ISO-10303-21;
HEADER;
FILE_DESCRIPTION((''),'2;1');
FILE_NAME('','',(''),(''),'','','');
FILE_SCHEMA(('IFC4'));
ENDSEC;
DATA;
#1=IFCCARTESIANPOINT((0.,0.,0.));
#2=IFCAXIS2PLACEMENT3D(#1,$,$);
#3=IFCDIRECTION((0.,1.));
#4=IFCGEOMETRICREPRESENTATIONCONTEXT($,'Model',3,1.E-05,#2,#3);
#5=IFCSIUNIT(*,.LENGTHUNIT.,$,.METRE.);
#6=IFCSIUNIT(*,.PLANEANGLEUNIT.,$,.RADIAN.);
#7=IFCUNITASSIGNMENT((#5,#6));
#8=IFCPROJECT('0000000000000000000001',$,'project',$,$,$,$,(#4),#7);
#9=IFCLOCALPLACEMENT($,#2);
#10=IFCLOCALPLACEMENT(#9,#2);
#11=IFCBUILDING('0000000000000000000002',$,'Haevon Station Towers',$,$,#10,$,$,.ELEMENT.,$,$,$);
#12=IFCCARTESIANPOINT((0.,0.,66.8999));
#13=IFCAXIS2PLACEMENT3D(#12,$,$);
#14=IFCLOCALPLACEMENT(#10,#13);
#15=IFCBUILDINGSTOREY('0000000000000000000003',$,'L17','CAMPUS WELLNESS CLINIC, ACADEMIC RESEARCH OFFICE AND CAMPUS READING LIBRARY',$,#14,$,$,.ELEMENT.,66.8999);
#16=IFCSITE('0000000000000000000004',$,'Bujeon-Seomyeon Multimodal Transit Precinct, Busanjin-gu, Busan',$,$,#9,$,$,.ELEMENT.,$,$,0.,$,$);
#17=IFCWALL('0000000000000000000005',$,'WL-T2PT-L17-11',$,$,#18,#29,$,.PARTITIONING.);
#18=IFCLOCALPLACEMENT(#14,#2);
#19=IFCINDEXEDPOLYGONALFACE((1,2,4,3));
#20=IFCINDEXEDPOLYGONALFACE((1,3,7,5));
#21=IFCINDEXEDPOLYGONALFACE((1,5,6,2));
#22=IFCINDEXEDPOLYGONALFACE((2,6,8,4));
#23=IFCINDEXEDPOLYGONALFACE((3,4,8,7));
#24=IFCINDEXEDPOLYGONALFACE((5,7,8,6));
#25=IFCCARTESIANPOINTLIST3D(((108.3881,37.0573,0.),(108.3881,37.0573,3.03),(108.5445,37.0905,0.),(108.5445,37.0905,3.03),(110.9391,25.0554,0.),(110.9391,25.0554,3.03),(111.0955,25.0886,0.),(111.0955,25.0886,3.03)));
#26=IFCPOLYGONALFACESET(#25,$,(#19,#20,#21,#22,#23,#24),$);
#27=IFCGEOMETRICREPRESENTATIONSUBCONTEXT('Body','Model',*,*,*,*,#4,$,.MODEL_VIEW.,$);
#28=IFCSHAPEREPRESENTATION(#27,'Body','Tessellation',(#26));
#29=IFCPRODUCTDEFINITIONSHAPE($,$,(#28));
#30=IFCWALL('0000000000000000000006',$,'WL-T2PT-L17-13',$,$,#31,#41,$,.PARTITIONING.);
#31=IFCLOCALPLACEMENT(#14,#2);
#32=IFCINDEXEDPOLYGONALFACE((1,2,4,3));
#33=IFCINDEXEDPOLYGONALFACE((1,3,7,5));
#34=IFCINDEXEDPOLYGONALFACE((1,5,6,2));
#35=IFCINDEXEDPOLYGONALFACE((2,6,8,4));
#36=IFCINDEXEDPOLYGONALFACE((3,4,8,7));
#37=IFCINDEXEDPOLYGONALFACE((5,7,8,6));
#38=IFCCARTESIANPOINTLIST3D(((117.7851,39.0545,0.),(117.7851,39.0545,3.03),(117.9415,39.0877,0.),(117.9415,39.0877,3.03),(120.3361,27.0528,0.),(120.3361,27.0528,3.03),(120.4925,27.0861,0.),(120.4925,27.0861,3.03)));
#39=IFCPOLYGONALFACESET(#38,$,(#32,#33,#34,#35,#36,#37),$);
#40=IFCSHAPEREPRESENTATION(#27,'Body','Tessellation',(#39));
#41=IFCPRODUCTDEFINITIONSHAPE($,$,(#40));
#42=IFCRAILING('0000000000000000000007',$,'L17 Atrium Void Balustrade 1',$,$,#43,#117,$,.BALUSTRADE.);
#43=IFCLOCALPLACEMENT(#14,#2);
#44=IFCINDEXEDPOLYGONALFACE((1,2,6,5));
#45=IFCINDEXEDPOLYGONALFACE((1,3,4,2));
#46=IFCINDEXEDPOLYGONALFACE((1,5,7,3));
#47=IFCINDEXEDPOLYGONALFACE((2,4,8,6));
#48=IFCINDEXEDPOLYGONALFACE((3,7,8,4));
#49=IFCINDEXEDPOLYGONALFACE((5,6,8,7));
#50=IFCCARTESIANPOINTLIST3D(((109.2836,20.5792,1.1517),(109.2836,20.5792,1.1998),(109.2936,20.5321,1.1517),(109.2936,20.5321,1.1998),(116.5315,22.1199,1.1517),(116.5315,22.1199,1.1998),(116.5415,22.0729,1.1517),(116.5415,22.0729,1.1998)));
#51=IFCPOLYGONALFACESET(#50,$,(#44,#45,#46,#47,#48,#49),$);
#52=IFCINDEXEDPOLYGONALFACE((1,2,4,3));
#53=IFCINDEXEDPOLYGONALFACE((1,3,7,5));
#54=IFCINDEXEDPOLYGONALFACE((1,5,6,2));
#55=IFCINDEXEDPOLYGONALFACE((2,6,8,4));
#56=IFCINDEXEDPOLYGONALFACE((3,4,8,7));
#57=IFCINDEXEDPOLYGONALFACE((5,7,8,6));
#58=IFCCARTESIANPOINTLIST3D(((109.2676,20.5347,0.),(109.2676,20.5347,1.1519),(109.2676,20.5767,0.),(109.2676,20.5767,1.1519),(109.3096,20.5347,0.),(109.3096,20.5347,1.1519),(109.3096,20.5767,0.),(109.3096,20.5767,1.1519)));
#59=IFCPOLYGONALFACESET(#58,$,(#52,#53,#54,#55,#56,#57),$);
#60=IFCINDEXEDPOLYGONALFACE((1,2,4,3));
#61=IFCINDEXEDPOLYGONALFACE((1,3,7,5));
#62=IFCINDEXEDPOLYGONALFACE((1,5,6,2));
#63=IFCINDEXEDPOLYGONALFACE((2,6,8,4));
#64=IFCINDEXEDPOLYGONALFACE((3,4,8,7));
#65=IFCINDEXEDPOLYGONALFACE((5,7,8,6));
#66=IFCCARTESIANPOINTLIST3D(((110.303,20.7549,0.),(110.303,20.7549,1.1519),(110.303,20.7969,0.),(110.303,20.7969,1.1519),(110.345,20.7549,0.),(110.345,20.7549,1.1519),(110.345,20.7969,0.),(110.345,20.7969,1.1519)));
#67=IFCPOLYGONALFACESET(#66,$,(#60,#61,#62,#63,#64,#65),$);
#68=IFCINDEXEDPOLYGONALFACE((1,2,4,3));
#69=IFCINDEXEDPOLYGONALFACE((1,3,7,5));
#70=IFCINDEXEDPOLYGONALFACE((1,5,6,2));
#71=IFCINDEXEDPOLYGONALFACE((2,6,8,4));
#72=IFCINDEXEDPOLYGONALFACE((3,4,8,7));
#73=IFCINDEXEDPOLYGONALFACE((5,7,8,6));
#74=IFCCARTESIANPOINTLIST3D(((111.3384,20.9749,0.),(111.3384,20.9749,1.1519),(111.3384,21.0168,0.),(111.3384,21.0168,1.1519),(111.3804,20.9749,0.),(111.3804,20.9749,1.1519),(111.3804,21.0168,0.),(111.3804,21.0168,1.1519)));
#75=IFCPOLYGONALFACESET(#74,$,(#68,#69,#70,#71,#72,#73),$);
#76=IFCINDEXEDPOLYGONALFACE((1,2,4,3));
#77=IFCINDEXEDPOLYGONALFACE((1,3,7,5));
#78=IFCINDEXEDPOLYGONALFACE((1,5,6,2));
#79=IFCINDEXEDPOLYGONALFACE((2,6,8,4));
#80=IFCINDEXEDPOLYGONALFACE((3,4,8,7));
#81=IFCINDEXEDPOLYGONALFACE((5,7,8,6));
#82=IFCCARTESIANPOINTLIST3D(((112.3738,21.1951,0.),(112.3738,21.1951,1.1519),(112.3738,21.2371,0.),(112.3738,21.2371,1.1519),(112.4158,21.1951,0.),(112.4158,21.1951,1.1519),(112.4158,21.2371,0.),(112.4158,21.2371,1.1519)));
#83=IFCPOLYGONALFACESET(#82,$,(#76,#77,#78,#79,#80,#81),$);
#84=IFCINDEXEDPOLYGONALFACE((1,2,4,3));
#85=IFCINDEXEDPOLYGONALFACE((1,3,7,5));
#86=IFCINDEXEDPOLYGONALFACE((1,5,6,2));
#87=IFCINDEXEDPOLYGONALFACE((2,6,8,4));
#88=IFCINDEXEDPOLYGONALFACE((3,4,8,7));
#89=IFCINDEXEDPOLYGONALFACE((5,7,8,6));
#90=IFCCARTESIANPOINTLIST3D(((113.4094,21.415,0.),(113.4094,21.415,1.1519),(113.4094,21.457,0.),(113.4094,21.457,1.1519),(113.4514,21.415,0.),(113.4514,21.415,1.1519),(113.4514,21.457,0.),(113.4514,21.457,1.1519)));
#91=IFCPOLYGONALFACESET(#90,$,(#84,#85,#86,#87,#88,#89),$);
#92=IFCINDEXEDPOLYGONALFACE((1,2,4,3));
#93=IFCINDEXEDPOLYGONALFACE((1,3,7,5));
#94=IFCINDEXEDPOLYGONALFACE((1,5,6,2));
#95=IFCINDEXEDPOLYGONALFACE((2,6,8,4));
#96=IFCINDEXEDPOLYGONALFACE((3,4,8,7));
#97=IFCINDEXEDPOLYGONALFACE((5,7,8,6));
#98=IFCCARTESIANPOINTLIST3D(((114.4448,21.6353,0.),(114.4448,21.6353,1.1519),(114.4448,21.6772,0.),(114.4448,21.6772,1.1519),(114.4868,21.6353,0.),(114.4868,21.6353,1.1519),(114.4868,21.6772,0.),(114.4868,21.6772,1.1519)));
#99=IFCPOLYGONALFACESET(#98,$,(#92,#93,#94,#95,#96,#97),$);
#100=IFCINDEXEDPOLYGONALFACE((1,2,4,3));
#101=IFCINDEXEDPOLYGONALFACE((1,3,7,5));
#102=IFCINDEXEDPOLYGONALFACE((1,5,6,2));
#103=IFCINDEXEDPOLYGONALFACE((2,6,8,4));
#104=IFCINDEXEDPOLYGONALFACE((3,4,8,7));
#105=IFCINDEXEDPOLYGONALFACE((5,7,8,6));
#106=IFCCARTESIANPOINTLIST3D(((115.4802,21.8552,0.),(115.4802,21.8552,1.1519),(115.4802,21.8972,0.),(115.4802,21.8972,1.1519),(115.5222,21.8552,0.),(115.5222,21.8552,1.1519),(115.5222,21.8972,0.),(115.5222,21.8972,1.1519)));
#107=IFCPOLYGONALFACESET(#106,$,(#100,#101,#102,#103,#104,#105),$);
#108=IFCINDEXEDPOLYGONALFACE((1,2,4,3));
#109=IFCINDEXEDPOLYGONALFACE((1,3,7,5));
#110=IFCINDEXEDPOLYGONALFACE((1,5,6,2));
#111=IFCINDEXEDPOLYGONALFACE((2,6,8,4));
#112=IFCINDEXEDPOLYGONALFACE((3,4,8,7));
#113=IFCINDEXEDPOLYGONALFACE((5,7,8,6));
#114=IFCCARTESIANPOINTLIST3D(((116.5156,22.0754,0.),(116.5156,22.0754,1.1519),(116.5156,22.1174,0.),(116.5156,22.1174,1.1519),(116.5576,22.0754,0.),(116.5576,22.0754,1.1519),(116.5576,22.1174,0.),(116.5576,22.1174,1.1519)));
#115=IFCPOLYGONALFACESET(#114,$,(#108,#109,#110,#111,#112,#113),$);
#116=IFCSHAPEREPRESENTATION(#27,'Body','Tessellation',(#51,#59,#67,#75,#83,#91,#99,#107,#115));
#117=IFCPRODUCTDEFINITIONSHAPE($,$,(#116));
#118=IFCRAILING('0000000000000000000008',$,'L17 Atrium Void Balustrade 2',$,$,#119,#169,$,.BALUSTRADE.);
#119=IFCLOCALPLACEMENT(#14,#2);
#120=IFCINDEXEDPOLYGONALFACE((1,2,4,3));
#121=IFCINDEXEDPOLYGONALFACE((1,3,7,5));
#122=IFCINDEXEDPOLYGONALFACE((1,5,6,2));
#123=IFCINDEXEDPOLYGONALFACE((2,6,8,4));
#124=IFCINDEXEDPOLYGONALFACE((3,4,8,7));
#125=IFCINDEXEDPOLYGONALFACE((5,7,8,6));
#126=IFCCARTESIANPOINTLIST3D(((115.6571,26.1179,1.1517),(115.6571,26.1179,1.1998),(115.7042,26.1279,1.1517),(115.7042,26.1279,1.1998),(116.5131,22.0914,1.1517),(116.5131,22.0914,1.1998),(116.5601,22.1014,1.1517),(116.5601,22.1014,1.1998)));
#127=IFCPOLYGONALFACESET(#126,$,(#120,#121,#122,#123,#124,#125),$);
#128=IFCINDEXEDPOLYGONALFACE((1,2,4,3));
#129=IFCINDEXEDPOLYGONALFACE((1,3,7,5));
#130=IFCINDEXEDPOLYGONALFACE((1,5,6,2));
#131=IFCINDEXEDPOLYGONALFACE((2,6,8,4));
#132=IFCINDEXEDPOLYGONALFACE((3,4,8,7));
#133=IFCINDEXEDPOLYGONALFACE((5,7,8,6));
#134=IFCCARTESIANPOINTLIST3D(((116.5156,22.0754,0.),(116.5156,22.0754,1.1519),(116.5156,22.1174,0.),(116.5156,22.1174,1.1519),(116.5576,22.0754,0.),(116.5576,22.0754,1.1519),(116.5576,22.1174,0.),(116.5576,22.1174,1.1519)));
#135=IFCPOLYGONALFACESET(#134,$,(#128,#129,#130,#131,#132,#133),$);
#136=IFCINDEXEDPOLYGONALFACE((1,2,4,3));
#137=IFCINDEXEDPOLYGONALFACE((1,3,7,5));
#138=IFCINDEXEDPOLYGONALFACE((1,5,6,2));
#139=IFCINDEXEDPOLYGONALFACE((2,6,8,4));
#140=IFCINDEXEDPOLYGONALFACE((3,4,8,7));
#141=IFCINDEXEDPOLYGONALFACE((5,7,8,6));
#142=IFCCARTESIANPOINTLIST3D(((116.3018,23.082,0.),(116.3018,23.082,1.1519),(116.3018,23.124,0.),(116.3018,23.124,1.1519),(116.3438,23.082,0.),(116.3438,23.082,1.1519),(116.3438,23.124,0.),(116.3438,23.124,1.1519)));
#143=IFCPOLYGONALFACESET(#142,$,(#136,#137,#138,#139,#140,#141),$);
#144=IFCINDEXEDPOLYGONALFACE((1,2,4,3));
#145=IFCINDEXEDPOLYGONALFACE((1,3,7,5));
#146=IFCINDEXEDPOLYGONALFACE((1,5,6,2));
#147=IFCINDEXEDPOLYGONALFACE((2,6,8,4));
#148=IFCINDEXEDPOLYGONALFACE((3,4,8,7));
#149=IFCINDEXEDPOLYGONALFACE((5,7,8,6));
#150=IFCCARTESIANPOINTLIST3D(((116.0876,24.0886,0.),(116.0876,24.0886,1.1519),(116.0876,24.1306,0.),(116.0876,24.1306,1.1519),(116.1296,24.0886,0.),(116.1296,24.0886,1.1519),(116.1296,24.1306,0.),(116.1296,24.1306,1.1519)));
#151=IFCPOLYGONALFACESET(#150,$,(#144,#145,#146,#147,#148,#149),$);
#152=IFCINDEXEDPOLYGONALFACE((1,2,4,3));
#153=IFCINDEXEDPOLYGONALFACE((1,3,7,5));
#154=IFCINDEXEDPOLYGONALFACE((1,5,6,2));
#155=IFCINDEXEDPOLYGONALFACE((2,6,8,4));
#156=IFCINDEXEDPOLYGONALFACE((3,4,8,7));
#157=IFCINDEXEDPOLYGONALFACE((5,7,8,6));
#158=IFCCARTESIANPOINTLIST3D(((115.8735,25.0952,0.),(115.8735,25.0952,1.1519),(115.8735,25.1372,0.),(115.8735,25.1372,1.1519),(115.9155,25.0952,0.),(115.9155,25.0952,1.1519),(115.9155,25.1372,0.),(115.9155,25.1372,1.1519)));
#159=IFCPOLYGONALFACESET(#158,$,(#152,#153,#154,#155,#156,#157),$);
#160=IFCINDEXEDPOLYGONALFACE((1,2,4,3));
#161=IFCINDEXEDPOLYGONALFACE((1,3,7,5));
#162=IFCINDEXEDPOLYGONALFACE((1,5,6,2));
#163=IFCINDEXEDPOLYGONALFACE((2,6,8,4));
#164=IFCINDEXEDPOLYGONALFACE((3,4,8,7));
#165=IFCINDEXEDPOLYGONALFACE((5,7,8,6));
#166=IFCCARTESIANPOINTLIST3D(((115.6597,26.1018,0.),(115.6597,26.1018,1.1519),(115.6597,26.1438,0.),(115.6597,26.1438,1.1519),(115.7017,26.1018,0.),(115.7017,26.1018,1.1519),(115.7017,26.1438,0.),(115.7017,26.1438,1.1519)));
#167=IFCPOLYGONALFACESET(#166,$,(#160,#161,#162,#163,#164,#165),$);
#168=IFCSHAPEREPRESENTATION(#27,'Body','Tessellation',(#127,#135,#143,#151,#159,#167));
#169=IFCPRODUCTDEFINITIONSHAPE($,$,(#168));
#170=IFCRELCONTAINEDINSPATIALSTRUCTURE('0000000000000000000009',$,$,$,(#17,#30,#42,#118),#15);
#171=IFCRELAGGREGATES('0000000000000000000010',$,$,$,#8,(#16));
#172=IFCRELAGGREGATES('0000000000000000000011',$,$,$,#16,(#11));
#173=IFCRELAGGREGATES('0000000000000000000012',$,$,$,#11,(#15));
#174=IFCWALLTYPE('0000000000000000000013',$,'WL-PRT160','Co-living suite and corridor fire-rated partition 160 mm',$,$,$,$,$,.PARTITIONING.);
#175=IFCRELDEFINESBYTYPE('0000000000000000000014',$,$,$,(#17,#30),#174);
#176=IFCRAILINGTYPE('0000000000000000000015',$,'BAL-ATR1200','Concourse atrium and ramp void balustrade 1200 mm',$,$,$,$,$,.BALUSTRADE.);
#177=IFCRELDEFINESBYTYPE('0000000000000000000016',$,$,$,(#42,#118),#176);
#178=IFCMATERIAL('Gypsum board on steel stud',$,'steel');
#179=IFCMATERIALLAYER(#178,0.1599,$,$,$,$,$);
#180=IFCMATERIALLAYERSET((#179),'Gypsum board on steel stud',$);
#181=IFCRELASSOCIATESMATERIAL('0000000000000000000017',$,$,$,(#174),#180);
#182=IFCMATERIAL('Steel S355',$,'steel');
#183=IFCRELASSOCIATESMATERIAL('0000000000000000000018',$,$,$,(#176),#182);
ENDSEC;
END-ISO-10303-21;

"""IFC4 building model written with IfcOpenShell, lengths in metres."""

from ifc_helpers import new_model, si_unit, direction, frame, frame_2d, origin, origin_2d, place, context, subcontext, project, spatial, rectangle, extrude, material, layer, layer_set, type_object, element, save


model = new_model("IFC4")

# Units and contexts
model_context = context("Model", 3, precision=1e-05, world=origin(), true_north=direction((0.0, 1.0)))
body_context = subcontext(model_context, "Body", "Model", "MODEL_VIEW")
ifc_project = project(units=[si_unit("LENGTHUNIT", "METRE"), si_unit("PLANEANGLEUNIT", "RADIAN")], contexts=[model_context])

# Site, building, storey
site_placement = place(None, origin())
site = spatial("IfcSite", under=ifc_project, at=site_placement, Name="Bujeon-Seomyeon Multimodal Transit Precinct, Busanjin-gu, Busan", CompositionType="ELEMENT", RefElevation=0.0)
building_placement = place(site_placement, origin())
building = spatial("IfcBuilding", under=site, at=building_placement, Name="Haevon Station Towers", CompositionType="ELEMENT")
storey_placement = place(building_placement, frame((0.0, 0.0, 66.8999)))
storey = spatial("IfcBuildingStorey", under=building, at=storey_placement, Name="L17", Description="CAMPUS WELLNESS CLINIC, ACADEMIC RESEARCH OFFICE AND CAMPUS READING LIBRARY", CompositionType="ELEMENT", Elevation=66.8999)

# Shared definitions
ifc_material_1 = material(Name="Steel S355", Category="steel")

# Shared definitions
ifc_material_2 = material(Name="Gypsum board on steel stud", Category="steel")

# Walls
ifc_layer_1 = layer(ifc_material_2, 0.1599)
ifc_layer_set_1 = layer_set([ifc_layer_1], Name="Gypsum board on steel stud")
wall_type_1 = type_object("IfcWallType", Name="WL-PRT160", Description="Co-living suite and corridor fire-rated partition 160 mm", PredefinedType="PARTITIONING", material=ifc_layer_set_1)
wall_1_placement = place(storey_placement, frame((111.0173, 25.072, 0.0), z_axis=(0.0, 0.0, 1.0), x_axis=(-0.207906, 0.978149, 0.0)))
element("IfcWall", 1, at=wall_1_placement, inside=storey, type_object=wall_type_1, Name="WL-T2PT-L17-11", PredefinedType="PARTITIONING", context=body_context, shape_type="SweptSolid", body=[
    extrude(rectangle(XDim=12.27, YDim=0.1599, at=frame_2d((6.135, 0.0))), origin(), (0.0, 0.0, 1.0), 3.03),
])
wall_2_placement = place(storey_placement, frame((120.4143, 27.0696, 0.0), z_axis=(0.0, 0.0, 1.0), x_axis=(-0.20791, 0.978148, 0.0)))
element("IfcWall", 2, at=wall_2_placement, inside=storey, type_object=wall_type_1, Name="WL-T2PT-L17-13", PredefinedType="PARTITIONING", context=body_context, shape_type="SweptSolid", body=[
    extrude(rectangle(XDim=12.2698, YDim=0.1599, at=frame_2d((6.1348, 0.0))), origin(), (0.0, 0.0, 1.0), 3.03),
])

# Railings
railing_type = type_object("IfcRailingType", Name="BAL-ATR1200", Description="Concourse atrium and ramp void balustrade 1200 mm", PredefinedType="BALUSTRADE", material=ifc_material_1)
railing_1_placement = place(storey_placement, frame((109.2886, 20.5557, 0.0)))
element("IfcRailing", 3, at=railing_1_placement, inside=storey, type_object=railing_type, Name="L17 Atrium Void Balustrade 1", PredefinedType="BALUSTRADE", context=body_context, shape_type="SweptSolid", body=[
    extrude(rectangle(XDim=0.0481, YDim=0.0481, at=origin_2d()), frame((0.0, 0.0, 1.1758), z_axis=(0.978143, 0.207931, 0.0), x_axis=(-0.207931, 0.978143, 0.0)), (0.0, 0.0, 1.0), 7.4099),
    extrude(rectangle(XDim=0.042, YDim=0.042, at=origin_2d()), origin(), (0.0, 0.0, 1.0), 1.1519),
    extrude(rectangle(XDim=0.042, YDim=0.042, at=origin_2d()), frame((1.0354, 0.2202, 0.0)), (0.0, 0.0, 1.0), 1.1519),
    extrude(rectangle(XDim=0.042, YDim=0.042, at=origin_2d()), frame((2.0708, 0.4402, 0.0)), (0.0, 0.0, 1.0), 1.1519),
    extrude(rectangle(XDim=0.042, YDim=0.042, at=origin_2d()), frame((3.1062, 0.6604, 0.0)), (0.0, 0.0, 1.0), 1.1519),
    extrude(rectangle(XDim=0.042, YDim=0.042, at=origin_2d()), frame((4.1418, 0.8804, 0.0)), (0.0, 0.0, 1.0), 1.1519),
    extrude(rectangle(XDim=0.042, YDim=0.042, at=origin_2d()), frame((5.1772, 1.1006, 0.0)), (0.0, 0.0, 1.0), 1.1519),
    extrude(rectangle(XDim=0.042, YDim=0.042, at=origin_2d()), frame((6.2126, 1.3206, 0.0)), (0.0, 0.0, 1.0), 1.1519),
    extrude(rectangle(XDim=0.042, YDim=0.042, at=origin_2d()), frame((7.248, 1.5408, 0.0)), (0.0, 0.0, 1.0), 1.1519),
])
railing_2_placement = place(storey_placement, frame((116.5366, 22.0964, 0.0)))
element("IfcRailing", 4, at=railing_2_placement, inside=storey, type_object=railing_type, Name="L17 Atrium Void Balustrade 2", PredefinedType="BALUSTRADE", context=body_context, shape_type="SweptSolid", body=[
    extrude(rectangle(XDim=0.0481, YDim=0.0481, at=origin_2d()), frame((0.0, 0.0, 1.1758), z_axis=(-0.207941, 0.978141, 0.0), x_axis=(-0.978141, -0.207941, 0.0)), (0.0, 0.0, 1.0), 4.1165),
    extrude(rectangle(XDim=0.042, YDim=0.042, at=origin_2d()), origin(), (0.0, 0.0, 1.0), 1.1519),
    extrude(rectangle(XDim=0.042, YDim=0.042, at=origin_2d()), frame((-0.2139, 1.0066, 0.0)), (0.0, 0.0, 1.0), 1.1519),
    extrude(rectangle(XDim=0.042, YDim=0.042, at=origin_2d()), frame((-0.428, 2.0132, 0.0)), (0.0, 0.0, 1.0), 1.1519),
    extrude(rectangle(XDim=0.042, YDim=0.042, at=origin_2d()), frame((-0.6421, 3.0198, 0.0)), (0.0, 0.0, 1.0), 1.1519),
    extrude(rectangle(XDim=0.042, YDim=0.042, at=origin_2d()), frame((-0.856, 4.0264, 0.0)), (0.0, 0.0, 1.0), 1.1519),
])

save(model, "model.ifc")
